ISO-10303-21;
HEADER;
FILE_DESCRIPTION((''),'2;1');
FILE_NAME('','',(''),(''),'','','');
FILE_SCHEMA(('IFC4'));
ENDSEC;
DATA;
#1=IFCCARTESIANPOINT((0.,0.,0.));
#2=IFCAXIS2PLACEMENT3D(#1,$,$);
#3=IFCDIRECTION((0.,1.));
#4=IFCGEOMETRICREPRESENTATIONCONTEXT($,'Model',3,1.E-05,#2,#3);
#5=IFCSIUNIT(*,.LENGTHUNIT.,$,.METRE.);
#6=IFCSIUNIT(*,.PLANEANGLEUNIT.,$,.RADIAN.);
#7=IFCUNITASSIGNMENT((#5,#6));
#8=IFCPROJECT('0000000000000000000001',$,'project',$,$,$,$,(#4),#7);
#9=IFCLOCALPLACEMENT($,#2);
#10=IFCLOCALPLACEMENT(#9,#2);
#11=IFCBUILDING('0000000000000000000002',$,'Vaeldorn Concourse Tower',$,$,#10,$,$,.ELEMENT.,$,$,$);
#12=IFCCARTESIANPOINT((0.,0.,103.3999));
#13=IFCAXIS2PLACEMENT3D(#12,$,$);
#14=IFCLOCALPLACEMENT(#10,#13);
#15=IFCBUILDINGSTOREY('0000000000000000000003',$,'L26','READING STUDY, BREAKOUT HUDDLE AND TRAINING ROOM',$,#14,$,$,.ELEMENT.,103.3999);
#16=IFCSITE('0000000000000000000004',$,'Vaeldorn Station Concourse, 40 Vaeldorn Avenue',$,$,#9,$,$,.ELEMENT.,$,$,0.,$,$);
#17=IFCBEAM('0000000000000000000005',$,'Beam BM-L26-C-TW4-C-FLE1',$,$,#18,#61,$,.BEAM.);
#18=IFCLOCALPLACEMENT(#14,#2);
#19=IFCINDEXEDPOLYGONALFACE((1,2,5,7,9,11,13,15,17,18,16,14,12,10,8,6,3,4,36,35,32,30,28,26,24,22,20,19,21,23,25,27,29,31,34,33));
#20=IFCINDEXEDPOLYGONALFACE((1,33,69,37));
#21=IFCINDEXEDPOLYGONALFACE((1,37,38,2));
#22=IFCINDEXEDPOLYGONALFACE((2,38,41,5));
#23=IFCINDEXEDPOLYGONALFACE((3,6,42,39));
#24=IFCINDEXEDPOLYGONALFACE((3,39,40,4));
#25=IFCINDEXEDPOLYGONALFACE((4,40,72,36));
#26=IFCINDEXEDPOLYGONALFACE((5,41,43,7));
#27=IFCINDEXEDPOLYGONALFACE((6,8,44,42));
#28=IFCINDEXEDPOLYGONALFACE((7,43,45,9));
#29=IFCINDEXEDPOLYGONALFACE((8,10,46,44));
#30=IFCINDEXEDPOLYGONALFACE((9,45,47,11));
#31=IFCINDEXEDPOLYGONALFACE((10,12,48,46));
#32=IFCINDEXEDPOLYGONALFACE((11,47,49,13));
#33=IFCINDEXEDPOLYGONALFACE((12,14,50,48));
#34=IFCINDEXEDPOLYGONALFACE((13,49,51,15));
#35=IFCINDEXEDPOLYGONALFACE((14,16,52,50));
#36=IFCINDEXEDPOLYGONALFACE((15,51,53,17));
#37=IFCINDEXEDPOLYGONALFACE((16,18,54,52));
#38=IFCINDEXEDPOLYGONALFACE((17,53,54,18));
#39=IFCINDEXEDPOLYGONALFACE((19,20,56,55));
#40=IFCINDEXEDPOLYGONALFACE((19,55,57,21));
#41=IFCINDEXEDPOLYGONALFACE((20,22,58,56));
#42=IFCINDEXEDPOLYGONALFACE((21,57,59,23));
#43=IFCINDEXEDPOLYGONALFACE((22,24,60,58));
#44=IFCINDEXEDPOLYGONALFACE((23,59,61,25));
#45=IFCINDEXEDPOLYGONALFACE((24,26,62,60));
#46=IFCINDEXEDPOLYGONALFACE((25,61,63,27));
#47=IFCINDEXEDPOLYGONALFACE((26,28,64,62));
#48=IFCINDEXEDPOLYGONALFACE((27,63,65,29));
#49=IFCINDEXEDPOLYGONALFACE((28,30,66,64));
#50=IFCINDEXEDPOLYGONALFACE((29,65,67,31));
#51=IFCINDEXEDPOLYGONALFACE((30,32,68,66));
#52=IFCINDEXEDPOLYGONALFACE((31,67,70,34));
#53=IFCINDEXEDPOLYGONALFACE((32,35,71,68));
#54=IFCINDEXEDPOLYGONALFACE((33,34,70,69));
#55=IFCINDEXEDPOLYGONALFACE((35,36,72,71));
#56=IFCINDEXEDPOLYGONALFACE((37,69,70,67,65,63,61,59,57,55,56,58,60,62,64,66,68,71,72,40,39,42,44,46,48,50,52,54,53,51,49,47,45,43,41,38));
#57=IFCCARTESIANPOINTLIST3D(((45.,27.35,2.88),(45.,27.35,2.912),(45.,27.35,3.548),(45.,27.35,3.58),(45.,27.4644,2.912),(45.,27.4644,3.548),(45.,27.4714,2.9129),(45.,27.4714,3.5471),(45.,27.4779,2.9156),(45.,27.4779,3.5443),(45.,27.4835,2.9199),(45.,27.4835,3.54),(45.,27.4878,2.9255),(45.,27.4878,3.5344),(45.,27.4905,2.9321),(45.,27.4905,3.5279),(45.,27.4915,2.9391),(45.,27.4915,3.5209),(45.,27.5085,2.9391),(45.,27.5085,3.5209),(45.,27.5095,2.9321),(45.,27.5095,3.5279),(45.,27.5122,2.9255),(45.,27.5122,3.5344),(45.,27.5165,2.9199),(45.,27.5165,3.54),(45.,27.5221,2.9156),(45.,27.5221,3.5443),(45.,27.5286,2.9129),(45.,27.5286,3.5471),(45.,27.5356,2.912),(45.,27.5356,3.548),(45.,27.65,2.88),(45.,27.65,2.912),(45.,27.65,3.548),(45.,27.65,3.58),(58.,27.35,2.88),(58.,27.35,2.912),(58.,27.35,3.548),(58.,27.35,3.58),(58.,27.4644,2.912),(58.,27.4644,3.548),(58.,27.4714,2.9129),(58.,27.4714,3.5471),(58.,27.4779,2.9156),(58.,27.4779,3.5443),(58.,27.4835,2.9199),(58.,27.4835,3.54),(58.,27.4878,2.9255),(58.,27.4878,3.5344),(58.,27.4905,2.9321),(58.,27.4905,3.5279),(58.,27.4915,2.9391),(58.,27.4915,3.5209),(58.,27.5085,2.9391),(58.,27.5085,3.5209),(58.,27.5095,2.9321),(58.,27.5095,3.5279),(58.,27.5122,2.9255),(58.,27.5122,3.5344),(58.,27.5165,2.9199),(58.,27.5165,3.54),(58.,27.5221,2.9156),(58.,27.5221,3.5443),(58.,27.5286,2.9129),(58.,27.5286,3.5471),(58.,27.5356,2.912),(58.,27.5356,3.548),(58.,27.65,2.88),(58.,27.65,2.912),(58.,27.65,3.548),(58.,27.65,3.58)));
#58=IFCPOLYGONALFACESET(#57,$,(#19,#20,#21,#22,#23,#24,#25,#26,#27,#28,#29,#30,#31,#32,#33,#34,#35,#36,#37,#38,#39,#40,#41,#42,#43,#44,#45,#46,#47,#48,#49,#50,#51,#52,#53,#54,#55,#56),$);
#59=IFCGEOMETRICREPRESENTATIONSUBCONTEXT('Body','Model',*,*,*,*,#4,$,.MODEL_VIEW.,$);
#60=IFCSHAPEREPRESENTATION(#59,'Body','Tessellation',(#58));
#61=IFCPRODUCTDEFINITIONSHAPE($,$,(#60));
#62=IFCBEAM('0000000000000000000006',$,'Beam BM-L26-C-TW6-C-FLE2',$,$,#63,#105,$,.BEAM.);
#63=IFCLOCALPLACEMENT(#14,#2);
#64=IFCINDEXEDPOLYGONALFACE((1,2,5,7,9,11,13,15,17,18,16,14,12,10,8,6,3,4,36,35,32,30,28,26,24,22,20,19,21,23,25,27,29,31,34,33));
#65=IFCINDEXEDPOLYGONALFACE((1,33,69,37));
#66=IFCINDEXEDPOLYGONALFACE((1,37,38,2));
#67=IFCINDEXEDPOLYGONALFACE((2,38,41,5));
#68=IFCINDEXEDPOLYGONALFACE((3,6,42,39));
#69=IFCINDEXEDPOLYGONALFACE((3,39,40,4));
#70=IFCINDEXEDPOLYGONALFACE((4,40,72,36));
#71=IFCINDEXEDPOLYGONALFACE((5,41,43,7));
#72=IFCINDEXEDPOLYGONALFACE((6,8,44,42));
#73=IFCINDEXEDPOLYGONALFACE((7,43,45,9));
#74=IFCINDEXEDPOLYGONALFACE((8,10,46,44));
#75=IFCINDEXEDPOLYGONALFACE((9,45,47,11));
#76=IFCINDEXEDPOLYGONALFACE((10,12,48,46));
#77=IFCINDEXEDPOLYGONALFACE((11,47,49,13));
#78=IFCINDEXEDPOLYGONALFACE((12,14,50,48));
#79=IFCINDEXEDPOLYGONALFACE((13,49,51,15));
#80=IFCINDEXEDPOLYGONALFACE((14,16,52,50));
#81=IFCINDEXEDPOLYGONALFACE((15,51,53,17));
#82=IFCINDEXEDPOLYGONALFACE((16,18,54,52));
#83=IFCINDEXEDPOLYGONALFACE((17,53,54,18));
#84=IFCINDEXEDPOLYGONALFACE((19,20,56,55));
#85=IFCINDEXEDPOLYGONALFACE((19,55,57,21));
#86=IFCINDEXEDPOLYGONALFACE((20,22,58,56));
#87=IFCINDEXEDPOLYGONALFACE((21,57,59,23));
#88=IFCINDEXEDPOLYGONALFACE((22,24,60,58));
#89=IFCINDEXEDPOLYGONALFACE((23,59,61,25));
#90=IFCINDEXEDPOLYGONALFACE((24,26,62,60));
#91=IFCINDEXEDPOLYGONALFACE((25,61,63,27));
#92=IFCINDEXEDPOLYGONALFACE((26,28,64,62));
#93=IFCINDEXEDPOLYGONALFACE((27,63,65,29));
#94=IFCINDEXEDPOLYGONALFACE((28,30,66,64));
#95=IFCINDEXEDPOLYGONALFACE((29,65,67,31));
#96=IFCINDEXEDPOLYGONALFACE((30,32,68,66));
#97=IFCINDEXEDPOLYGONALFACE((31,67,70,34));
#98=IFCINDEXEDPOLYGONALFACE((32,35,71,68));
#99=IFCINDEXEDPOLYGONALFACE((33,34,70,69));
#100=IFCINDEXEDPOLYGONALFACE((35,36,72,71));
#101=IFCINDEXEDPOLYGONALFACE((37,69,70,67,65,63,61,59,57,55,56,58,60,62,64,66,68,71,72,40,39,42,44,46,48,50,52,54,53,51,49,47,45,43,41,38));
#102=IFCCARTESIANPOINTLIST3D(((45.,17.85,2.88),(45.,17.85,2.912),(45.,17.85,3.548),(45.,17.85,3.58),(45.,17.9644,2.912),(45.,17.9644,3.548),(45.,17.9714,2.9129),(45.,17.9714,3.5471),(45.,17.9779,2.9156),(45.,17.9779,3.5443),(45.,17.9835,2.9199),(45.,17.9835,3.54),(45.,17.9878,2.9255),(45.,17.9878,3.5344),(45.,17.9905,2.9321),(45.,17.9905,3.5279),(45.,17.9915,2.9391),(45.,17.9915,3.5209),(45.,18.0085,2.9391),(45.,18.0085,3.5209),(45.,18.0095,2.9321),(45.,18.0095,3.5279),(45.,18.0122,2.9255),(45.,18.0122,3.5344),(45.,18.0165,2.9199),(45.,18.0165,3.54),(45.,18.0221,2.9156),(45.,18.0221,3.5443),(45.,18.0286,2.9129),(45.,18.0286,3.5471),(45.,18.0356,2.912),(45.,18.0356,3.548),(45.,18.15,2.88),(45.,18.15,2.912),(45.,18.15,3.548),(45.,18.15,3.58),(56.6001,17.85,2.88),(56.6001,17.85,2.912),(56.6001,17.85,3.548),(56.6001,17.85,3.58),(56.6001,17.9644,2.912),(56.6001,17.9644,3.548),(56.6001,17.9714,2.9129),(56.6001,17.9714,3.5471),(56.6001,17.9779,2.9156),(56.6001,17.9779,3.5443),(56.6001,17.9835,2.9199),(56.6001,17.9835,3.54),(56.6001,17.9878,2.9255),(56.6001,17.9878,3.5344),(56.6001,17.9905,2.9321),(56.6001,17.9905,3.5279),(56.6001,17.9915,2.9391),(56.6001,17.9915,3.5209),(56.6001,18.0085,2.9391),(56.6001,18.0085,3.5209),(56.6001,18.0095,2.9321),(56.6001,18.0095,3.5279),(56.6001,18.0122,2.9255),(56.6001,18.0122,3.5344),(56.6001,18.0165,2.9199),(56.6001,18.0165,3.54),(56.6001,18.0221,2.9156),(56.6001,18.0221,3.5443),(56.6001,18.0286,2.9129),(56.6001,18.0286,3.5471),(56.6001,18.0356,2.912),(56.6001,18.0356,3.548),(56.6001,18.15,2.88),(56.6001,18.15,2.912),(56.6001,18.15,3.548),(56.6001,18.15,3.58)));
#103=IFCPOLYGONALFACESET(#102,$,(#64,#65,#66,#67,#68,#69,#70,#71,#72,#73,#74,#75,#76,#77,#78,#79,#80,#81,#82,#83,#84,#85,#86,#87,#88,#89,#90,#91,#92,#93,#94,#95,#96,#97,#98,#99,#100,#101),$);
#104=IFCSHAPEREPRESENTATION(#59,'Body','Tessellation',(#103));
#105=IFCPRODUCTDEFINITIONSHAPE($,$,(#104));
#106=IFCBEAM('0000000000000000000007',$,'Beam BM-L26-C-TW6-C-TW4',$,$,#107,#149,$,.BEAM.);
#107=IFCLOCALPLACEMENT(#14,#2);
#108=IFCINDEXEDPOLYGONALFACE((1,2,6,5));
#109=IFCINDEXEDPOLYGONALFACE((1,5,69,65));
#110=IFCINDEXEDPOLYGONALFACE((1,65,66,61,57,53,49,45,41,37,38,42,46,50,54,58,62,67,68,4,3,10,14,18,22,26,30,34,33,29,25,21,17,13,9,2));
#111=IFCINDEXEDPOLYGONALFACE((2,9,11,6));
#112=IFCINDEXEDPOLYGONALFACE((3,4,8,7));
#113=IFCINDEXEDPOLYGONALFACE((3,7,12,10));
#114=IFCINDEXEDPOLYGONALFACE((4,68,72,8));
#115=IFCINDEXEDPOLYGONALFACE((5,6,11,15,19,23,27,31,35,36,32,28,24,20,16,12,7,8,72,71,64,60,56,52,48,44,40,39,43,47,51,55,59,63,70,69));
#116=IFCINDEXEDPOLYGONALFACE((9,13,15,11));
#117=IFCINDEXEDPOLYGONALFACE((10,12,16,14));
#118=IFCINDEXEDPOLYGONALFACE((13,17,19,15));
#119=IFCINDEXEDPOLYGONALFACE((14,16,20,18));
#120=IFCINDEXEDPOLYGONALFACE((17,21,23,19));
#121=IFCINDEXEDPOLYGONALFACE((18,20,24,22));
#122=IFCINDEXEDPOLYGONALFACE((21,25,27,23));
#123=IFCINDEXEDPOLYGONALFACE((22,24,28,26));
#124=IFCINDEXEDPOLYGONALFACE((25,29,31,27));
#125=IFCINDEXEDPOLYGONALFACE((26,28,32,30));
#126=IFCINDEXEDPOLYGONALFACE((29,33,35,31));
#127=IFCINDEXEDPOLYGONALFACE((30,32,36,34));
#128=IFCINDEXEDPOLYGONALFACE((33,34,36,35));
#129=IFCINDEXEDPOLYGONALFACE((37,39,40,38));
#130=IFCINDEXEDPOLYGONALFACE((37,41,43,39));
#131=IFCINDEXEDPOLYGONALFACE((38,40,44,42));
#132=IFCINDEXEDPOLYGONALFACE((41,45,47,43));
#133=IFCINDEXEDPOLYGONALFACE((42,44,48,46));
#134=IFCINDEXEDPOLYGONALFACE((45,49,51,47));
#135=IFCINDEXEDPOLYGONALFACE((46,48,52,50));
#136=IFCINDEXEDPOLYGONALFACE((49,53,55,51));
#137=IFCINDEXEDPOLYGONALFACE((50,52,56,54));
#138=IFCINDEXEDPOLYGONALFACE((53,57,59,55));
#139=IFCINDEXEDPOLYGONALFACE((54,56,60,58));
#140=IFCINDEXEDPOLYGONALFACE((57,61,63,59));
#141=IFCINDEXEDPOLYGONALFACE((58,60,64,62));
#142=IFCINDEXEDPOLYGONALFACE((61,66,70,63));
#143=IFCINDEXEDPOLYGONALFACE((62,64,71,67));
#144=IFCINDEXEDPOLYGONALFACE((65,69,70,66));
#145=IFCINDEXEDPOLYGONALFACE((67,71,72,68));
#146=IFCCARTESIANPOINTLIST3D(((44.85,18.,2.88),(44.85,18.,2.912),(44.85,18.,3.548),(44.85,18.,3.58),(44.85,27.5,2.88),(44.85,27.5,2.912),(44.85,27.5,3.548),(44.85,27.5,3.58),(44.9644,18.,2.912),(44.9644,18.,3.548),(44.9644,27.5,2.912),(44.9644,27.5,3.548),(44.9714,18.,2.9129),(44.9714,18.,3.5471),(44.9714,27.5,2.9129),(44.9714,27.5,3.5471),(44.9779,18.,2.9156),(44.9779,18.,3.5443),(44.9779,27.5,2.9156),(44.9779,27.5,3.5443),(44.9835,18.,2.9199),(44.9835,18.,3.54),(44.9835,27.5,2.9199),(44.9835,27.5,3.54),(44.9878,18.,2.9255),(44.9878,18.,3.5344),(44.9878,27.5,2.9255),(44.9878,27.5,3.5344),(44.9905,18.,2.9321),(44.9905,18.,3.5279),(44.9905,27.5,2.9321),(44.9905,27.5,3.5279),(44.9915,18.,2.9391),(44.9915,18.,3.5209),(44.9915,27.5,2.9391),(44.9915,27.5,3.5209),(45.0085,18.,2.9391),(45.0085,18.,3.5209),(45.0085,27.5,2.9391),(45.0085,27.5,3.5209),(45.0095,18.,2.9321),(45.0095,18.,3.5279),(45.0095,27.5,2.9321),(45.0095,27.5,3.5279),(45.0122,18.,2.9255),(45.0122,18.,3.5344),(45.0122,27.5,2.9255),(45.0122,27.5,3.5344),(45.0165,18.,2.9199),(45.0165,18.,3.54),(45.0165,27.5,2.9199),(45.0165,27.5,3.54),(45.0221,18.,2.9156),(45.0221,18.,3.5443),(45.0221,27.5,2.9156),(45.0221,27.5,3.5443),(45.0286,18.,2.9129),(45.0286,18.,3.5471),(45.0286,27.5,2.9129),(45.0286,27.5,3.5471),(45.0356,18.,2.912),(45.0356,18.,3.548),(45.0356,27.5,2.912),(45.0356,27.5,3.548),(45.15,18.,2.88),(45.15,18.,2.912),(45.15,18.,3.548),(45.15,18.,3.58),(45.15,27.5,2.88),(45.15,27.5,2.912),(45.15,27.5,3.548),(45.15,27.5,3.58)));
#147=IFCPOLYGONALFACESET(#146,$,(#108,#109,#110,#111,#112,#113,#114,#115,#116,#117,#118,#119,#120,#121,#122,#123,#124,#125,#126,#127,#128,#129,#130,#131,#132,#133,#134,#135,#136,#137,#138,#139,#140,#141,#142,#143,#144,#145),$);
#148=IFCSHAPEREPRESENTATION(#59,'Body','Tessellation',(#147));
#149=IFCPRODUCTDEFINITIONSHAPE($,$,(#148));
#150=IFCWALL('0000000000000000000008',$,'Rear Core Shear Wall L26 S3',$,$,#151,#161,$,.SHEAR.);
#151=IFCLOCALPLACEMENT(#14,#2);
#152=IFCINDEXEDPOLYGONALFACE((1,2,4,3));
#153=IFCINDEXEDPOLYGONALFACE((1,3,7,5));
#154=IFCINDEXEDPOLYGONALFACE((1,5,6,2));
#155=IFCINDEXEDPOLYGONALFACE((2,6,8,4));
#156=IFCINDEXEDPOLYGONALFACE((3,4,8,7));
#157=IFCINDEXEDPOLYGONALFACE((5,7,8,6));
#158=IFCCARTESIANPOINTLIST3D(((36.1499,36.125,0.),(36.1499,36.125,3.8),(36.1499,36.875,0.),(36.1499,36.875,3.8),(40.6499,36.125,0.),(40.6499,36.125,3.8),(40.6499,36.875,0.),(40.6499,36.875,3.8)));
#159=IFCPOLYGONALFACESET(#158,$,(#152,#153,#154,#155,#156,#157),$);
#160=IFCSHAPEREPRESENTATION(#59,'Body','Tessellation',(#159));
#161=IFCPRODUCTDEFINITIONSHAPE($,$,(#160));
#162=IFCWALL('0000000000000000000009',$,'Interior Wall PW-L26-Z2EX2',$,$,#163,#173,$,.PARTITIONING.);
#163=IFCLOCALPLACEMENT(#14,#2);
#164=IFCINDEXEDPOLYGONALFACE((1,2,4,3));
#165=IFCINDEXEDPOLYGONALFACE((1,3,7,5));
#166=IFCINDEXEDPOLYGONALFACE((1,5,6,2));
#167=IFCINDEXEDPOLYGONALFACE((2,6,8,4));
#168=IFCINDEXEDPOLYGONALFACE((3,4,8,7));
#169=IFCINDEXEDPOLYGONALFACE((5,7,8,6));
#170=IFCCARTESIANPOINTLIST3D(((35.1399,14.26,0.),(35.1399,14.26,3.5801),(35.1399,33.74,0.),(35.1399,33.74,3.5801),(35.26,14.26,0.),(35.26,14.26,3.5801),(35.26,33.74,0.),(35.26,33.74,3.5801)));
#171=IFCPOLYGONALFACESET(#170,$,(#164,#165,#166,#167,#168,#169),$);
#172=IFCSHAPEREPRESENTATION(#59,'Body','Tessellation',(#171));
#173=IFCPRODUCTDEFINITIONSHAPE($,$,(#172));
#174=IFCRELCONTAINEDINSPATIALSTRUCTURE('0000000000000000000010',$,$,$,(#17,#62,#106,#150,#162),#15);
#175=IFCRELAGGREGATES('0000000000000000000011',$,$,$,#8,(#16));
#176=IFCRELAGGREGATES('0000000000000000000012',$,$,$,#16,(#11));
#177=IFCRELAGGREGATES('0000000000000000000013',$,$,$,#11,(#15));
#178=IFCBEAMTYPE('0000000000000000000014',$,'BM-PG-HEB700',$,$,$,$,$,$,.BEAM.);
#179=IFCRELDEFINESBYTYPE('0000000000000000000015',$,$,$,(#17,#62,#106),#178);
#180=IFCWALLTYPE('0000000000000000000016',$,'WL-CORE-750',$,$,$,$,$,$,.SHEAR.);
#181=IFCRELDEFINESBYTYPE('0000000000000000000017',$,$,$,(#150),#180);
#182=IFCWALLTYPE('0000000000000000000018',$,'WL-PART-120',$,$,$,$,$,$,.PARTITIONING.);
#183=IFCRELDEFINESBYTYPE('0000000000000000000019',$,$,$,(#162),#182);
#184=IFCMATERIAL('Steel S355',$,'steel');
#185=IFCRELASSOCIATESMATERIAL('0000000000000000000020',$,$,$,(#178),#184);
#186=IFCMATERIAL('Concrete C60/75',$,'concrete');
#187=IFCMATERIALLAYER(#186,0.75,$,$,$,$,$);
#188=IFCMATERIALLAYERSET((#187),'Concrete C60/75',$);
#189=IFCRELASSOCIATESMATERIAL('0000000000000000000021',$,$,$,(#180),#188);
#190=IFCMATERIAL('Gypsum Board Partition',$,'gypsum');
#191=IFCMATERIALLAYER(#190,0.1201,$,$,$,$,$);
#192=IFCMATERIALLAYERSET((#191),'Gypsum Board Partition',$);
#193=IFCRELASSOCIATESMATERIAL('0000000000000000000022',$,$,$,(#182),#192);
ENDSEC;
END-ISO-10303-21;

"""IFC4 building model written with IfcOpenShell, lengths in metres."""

from ifc_helpers import new_model, si_unit, direction, frame, frame_2d, origin, origin_2d, place, context, subcontext, project, spatial, rectangle, i_section, extrude, source, transform, mapped, material, layer, layer_set, material_profile, profile_set, type_object, element, save


model = new_model("IFC4")

# Units and contexts
model_context = context("Model", 3, precision=1e-05, world=origin(), true_north=direction((0.0, 1.0)))
body_context = subcontext(model_context, "Body", "Model", "MODEL_VIEW")
ifc_project = project(units=[si_unit("LENGTHUNIT", "METRE"), si_unit("PLANEANGLEUNIT", "RADIAN")], contexts=[model_context])

# Site, building, storey
site_placement = place(None, origin())
site = spatial("IfcSite", under=ifc_project, at=site_placement, Name="Vaeldorn Station Concourse, 40 Vaeldorn Avenue", CompositionType="ELEMENT", RefElevation=0.0)
building_placement = place(site_placement, origin())
building = spatial("IfcBuilding", under=site, at=building_placement, Name="Vaeldorn Concourse Tower", CompositionType="ELEMENT")
storey_placement = place(building_placement, frame((0.0, 0.0, 103.3999)))
storey = spatial("IfcBuildingStorey", under=building, at=storey_placement, Name="L26", Description="READING STUDY, BREAKOUT HUDDLE AND TRAINING ROOM", CompositionType="ELEMENT", Elevation=103.3999)

# Beams
ifc_material_1 = material(Name="Steel S355", Category="steel")
ifc_material_profile_1 = material_profile(ifc_material_1, i_section(OverallWidth=0.3, OverallDepth=0.7, WebThickness=0.0171, FlangeThickness=0.032, FilletRadius=0.0271, at=origin_2d()), Name="HEB 700")
ifc_profile_set_1 = profile_set([ifc_material_profile_1], Name="Steel S355")
beam_type_1 = type_object("IfcBeamType", Name="BM-PG-HEB700", PredefinedType="BEAM", material=ifc_profile_set_1)
shared_shape_1 = source(origin(), body_context, "Body", "SweptSolid", [
    extrude(i_section(OverallWidth=0.3, OverallDepth=0.7, WebThickness=0.0171, FlangeThickness=0.032, FilletRadius=0.0271, at=origin_2d()), origin(), (0.0, 0.0, 1.0), 13.0),
])
beam_1_placement = place(storey_placement, frame((45.0, 27.5, 3.23), z_axis=(1.0, 0.0, 0.0), x_axis=(0.0, 1.0, 0.0)))
element("IfcBeam", 1, at=beam_1_placement, inside=storey, type_object=beam_type_1, Name="Beam BM-L26-C-TW4-C-FLE1", PredefinedType="BEAM", context=body_context, shape_type="MappedRepresentation", body=[
    mapped(shared_shape_1, transform((0.0, 0.0, 0.0), scale=1.0)),
])
shared_shape_2 = source(origin(), body_context, "Body", "SweptSolid", [
    extrude(i_section(OverallWidth=0.3, OverallDepth=0.7, WebThickness=0.0171, FlangeThickness=0.032, FilletRadius=0.0271, at=origin_2d()), origin(), (0.0, 0.0, 1.0), 11.6001),
])
beam_2_placement = place(storey_placement, frame((45.0, 18.0, 3.23), z_axis=(1.0, 0.0, 0.0), x_axis=(0.0, 1.0, 0.0)))
element("IfcBeam", 2, at=beam_2_placement, inside=storey, type_object=beam_type_1, Name="Beam BM-L26-C-TW6-C-FLE2", PredefinedType="BEAM", context=body_context, shape_type="MappedRepresentation", body=[
    mapped(shared_shape_2, transform((0.0, 0.0, 0.0), scale=1.0)),
])
shared_shape_3 = source(origin(), body_context, "Body", "SweptSolid", [
    extrude(i_section(OverallWidth=0.3, OverallDepth=0.7, WebThickness=0.0171, FlangeThickness=0.032, FilletRadius=0.0271, at=origin_2d()), origin(), (0.0, 0.0, 1.0), 9.5),
])
beam_3_placement = place(storey_placement, frame((45.0, 18.0, 3.23), z_axis=(0.0, 1.0, 0.0), x_axis=(-1.0, 0.0, 0.0)))
element("IfcBeam", 3, at=beam_3_placement, inside=storey, type_object=beam_type_1, Name="Beam BM-L26-C-TW6-C-TW4", PredefinedType="BEAM", context=body_context, shape_type="MappedRepresentation", body=[
    mapped(shared_shape_3, transform((0.0, 0.0, 0.0), scale=1.0)),
])

# Walls
ifc_material_2 = material(Name="Concrete C60/75", Category="concrete")
ifc_layer_1 = layer(ifc_material_2, 0.75)
ifc_layer_set_1 = layer_set([ifc_layer_1], Name="Concrete C60/75")
wall_type_1 = type_object("IfcWallType", Name="WL-CORE-750", PredefinedType="SHEAR", material=ifc_layer_set_1)
wall_1_placement = place(storey_placement, frame((36.1499, 36.5, 0.0), z_axis=(0.0, 0.0, 1.0), x_axis=(1.0, 0.0, 0.0)))
element("IfcWall", 4, at=wall_1_placement, inside=storey, type_object=wall_type_1, Name="Rear Core Shear Wall L26 S3", PredefinedType="SHEAR", context=body_context, shape_type="SweptSolid", body=[
    extrude(rectangle(XDim=4.5, YDim=0.75, at=frame_2d((2.25, 0.0))), origin(), (0.0, 0.0, 1.0), 3.8),
])
ifc_material_3 = material(Name="Gypsum Board Partition", Category="gypsum")
ifc_layer_2 = layer(ifc_material_3, 0.1201)
ifc_layer_set_2 = layer_set([ifc_layer_2], Name="Gypsum Board Partition")
wall_type_2 = type_object("IfcWallType", Name="WL-PART-120", PredefinedType="PARTITIONING", material=ifc_layer_set_2)
wall_2_placement = place(storey_placement, frame((35.2, 14.26, 0.0), z_axis=(0.0, 0.0, 1.0), x_axis=(0.0, 1.0, 0.0)))
element("IfcWall", 5, at=wall_2_placement, inside=storey, type_object=wall_type_2, Name="Interior Wall PW-L26-Z2EX2", PredefinedType="PARTITIONING", context=body_context, shape_type="SweptSolid", body=[
    extrude(rectangle(XDim=19.48, YDim=0.1201, at=frame_2d((9.74, 0.0))), origin(), (0.0, 0.0, 1.0), 3.5801),
])

save(model, "model.ifc")
